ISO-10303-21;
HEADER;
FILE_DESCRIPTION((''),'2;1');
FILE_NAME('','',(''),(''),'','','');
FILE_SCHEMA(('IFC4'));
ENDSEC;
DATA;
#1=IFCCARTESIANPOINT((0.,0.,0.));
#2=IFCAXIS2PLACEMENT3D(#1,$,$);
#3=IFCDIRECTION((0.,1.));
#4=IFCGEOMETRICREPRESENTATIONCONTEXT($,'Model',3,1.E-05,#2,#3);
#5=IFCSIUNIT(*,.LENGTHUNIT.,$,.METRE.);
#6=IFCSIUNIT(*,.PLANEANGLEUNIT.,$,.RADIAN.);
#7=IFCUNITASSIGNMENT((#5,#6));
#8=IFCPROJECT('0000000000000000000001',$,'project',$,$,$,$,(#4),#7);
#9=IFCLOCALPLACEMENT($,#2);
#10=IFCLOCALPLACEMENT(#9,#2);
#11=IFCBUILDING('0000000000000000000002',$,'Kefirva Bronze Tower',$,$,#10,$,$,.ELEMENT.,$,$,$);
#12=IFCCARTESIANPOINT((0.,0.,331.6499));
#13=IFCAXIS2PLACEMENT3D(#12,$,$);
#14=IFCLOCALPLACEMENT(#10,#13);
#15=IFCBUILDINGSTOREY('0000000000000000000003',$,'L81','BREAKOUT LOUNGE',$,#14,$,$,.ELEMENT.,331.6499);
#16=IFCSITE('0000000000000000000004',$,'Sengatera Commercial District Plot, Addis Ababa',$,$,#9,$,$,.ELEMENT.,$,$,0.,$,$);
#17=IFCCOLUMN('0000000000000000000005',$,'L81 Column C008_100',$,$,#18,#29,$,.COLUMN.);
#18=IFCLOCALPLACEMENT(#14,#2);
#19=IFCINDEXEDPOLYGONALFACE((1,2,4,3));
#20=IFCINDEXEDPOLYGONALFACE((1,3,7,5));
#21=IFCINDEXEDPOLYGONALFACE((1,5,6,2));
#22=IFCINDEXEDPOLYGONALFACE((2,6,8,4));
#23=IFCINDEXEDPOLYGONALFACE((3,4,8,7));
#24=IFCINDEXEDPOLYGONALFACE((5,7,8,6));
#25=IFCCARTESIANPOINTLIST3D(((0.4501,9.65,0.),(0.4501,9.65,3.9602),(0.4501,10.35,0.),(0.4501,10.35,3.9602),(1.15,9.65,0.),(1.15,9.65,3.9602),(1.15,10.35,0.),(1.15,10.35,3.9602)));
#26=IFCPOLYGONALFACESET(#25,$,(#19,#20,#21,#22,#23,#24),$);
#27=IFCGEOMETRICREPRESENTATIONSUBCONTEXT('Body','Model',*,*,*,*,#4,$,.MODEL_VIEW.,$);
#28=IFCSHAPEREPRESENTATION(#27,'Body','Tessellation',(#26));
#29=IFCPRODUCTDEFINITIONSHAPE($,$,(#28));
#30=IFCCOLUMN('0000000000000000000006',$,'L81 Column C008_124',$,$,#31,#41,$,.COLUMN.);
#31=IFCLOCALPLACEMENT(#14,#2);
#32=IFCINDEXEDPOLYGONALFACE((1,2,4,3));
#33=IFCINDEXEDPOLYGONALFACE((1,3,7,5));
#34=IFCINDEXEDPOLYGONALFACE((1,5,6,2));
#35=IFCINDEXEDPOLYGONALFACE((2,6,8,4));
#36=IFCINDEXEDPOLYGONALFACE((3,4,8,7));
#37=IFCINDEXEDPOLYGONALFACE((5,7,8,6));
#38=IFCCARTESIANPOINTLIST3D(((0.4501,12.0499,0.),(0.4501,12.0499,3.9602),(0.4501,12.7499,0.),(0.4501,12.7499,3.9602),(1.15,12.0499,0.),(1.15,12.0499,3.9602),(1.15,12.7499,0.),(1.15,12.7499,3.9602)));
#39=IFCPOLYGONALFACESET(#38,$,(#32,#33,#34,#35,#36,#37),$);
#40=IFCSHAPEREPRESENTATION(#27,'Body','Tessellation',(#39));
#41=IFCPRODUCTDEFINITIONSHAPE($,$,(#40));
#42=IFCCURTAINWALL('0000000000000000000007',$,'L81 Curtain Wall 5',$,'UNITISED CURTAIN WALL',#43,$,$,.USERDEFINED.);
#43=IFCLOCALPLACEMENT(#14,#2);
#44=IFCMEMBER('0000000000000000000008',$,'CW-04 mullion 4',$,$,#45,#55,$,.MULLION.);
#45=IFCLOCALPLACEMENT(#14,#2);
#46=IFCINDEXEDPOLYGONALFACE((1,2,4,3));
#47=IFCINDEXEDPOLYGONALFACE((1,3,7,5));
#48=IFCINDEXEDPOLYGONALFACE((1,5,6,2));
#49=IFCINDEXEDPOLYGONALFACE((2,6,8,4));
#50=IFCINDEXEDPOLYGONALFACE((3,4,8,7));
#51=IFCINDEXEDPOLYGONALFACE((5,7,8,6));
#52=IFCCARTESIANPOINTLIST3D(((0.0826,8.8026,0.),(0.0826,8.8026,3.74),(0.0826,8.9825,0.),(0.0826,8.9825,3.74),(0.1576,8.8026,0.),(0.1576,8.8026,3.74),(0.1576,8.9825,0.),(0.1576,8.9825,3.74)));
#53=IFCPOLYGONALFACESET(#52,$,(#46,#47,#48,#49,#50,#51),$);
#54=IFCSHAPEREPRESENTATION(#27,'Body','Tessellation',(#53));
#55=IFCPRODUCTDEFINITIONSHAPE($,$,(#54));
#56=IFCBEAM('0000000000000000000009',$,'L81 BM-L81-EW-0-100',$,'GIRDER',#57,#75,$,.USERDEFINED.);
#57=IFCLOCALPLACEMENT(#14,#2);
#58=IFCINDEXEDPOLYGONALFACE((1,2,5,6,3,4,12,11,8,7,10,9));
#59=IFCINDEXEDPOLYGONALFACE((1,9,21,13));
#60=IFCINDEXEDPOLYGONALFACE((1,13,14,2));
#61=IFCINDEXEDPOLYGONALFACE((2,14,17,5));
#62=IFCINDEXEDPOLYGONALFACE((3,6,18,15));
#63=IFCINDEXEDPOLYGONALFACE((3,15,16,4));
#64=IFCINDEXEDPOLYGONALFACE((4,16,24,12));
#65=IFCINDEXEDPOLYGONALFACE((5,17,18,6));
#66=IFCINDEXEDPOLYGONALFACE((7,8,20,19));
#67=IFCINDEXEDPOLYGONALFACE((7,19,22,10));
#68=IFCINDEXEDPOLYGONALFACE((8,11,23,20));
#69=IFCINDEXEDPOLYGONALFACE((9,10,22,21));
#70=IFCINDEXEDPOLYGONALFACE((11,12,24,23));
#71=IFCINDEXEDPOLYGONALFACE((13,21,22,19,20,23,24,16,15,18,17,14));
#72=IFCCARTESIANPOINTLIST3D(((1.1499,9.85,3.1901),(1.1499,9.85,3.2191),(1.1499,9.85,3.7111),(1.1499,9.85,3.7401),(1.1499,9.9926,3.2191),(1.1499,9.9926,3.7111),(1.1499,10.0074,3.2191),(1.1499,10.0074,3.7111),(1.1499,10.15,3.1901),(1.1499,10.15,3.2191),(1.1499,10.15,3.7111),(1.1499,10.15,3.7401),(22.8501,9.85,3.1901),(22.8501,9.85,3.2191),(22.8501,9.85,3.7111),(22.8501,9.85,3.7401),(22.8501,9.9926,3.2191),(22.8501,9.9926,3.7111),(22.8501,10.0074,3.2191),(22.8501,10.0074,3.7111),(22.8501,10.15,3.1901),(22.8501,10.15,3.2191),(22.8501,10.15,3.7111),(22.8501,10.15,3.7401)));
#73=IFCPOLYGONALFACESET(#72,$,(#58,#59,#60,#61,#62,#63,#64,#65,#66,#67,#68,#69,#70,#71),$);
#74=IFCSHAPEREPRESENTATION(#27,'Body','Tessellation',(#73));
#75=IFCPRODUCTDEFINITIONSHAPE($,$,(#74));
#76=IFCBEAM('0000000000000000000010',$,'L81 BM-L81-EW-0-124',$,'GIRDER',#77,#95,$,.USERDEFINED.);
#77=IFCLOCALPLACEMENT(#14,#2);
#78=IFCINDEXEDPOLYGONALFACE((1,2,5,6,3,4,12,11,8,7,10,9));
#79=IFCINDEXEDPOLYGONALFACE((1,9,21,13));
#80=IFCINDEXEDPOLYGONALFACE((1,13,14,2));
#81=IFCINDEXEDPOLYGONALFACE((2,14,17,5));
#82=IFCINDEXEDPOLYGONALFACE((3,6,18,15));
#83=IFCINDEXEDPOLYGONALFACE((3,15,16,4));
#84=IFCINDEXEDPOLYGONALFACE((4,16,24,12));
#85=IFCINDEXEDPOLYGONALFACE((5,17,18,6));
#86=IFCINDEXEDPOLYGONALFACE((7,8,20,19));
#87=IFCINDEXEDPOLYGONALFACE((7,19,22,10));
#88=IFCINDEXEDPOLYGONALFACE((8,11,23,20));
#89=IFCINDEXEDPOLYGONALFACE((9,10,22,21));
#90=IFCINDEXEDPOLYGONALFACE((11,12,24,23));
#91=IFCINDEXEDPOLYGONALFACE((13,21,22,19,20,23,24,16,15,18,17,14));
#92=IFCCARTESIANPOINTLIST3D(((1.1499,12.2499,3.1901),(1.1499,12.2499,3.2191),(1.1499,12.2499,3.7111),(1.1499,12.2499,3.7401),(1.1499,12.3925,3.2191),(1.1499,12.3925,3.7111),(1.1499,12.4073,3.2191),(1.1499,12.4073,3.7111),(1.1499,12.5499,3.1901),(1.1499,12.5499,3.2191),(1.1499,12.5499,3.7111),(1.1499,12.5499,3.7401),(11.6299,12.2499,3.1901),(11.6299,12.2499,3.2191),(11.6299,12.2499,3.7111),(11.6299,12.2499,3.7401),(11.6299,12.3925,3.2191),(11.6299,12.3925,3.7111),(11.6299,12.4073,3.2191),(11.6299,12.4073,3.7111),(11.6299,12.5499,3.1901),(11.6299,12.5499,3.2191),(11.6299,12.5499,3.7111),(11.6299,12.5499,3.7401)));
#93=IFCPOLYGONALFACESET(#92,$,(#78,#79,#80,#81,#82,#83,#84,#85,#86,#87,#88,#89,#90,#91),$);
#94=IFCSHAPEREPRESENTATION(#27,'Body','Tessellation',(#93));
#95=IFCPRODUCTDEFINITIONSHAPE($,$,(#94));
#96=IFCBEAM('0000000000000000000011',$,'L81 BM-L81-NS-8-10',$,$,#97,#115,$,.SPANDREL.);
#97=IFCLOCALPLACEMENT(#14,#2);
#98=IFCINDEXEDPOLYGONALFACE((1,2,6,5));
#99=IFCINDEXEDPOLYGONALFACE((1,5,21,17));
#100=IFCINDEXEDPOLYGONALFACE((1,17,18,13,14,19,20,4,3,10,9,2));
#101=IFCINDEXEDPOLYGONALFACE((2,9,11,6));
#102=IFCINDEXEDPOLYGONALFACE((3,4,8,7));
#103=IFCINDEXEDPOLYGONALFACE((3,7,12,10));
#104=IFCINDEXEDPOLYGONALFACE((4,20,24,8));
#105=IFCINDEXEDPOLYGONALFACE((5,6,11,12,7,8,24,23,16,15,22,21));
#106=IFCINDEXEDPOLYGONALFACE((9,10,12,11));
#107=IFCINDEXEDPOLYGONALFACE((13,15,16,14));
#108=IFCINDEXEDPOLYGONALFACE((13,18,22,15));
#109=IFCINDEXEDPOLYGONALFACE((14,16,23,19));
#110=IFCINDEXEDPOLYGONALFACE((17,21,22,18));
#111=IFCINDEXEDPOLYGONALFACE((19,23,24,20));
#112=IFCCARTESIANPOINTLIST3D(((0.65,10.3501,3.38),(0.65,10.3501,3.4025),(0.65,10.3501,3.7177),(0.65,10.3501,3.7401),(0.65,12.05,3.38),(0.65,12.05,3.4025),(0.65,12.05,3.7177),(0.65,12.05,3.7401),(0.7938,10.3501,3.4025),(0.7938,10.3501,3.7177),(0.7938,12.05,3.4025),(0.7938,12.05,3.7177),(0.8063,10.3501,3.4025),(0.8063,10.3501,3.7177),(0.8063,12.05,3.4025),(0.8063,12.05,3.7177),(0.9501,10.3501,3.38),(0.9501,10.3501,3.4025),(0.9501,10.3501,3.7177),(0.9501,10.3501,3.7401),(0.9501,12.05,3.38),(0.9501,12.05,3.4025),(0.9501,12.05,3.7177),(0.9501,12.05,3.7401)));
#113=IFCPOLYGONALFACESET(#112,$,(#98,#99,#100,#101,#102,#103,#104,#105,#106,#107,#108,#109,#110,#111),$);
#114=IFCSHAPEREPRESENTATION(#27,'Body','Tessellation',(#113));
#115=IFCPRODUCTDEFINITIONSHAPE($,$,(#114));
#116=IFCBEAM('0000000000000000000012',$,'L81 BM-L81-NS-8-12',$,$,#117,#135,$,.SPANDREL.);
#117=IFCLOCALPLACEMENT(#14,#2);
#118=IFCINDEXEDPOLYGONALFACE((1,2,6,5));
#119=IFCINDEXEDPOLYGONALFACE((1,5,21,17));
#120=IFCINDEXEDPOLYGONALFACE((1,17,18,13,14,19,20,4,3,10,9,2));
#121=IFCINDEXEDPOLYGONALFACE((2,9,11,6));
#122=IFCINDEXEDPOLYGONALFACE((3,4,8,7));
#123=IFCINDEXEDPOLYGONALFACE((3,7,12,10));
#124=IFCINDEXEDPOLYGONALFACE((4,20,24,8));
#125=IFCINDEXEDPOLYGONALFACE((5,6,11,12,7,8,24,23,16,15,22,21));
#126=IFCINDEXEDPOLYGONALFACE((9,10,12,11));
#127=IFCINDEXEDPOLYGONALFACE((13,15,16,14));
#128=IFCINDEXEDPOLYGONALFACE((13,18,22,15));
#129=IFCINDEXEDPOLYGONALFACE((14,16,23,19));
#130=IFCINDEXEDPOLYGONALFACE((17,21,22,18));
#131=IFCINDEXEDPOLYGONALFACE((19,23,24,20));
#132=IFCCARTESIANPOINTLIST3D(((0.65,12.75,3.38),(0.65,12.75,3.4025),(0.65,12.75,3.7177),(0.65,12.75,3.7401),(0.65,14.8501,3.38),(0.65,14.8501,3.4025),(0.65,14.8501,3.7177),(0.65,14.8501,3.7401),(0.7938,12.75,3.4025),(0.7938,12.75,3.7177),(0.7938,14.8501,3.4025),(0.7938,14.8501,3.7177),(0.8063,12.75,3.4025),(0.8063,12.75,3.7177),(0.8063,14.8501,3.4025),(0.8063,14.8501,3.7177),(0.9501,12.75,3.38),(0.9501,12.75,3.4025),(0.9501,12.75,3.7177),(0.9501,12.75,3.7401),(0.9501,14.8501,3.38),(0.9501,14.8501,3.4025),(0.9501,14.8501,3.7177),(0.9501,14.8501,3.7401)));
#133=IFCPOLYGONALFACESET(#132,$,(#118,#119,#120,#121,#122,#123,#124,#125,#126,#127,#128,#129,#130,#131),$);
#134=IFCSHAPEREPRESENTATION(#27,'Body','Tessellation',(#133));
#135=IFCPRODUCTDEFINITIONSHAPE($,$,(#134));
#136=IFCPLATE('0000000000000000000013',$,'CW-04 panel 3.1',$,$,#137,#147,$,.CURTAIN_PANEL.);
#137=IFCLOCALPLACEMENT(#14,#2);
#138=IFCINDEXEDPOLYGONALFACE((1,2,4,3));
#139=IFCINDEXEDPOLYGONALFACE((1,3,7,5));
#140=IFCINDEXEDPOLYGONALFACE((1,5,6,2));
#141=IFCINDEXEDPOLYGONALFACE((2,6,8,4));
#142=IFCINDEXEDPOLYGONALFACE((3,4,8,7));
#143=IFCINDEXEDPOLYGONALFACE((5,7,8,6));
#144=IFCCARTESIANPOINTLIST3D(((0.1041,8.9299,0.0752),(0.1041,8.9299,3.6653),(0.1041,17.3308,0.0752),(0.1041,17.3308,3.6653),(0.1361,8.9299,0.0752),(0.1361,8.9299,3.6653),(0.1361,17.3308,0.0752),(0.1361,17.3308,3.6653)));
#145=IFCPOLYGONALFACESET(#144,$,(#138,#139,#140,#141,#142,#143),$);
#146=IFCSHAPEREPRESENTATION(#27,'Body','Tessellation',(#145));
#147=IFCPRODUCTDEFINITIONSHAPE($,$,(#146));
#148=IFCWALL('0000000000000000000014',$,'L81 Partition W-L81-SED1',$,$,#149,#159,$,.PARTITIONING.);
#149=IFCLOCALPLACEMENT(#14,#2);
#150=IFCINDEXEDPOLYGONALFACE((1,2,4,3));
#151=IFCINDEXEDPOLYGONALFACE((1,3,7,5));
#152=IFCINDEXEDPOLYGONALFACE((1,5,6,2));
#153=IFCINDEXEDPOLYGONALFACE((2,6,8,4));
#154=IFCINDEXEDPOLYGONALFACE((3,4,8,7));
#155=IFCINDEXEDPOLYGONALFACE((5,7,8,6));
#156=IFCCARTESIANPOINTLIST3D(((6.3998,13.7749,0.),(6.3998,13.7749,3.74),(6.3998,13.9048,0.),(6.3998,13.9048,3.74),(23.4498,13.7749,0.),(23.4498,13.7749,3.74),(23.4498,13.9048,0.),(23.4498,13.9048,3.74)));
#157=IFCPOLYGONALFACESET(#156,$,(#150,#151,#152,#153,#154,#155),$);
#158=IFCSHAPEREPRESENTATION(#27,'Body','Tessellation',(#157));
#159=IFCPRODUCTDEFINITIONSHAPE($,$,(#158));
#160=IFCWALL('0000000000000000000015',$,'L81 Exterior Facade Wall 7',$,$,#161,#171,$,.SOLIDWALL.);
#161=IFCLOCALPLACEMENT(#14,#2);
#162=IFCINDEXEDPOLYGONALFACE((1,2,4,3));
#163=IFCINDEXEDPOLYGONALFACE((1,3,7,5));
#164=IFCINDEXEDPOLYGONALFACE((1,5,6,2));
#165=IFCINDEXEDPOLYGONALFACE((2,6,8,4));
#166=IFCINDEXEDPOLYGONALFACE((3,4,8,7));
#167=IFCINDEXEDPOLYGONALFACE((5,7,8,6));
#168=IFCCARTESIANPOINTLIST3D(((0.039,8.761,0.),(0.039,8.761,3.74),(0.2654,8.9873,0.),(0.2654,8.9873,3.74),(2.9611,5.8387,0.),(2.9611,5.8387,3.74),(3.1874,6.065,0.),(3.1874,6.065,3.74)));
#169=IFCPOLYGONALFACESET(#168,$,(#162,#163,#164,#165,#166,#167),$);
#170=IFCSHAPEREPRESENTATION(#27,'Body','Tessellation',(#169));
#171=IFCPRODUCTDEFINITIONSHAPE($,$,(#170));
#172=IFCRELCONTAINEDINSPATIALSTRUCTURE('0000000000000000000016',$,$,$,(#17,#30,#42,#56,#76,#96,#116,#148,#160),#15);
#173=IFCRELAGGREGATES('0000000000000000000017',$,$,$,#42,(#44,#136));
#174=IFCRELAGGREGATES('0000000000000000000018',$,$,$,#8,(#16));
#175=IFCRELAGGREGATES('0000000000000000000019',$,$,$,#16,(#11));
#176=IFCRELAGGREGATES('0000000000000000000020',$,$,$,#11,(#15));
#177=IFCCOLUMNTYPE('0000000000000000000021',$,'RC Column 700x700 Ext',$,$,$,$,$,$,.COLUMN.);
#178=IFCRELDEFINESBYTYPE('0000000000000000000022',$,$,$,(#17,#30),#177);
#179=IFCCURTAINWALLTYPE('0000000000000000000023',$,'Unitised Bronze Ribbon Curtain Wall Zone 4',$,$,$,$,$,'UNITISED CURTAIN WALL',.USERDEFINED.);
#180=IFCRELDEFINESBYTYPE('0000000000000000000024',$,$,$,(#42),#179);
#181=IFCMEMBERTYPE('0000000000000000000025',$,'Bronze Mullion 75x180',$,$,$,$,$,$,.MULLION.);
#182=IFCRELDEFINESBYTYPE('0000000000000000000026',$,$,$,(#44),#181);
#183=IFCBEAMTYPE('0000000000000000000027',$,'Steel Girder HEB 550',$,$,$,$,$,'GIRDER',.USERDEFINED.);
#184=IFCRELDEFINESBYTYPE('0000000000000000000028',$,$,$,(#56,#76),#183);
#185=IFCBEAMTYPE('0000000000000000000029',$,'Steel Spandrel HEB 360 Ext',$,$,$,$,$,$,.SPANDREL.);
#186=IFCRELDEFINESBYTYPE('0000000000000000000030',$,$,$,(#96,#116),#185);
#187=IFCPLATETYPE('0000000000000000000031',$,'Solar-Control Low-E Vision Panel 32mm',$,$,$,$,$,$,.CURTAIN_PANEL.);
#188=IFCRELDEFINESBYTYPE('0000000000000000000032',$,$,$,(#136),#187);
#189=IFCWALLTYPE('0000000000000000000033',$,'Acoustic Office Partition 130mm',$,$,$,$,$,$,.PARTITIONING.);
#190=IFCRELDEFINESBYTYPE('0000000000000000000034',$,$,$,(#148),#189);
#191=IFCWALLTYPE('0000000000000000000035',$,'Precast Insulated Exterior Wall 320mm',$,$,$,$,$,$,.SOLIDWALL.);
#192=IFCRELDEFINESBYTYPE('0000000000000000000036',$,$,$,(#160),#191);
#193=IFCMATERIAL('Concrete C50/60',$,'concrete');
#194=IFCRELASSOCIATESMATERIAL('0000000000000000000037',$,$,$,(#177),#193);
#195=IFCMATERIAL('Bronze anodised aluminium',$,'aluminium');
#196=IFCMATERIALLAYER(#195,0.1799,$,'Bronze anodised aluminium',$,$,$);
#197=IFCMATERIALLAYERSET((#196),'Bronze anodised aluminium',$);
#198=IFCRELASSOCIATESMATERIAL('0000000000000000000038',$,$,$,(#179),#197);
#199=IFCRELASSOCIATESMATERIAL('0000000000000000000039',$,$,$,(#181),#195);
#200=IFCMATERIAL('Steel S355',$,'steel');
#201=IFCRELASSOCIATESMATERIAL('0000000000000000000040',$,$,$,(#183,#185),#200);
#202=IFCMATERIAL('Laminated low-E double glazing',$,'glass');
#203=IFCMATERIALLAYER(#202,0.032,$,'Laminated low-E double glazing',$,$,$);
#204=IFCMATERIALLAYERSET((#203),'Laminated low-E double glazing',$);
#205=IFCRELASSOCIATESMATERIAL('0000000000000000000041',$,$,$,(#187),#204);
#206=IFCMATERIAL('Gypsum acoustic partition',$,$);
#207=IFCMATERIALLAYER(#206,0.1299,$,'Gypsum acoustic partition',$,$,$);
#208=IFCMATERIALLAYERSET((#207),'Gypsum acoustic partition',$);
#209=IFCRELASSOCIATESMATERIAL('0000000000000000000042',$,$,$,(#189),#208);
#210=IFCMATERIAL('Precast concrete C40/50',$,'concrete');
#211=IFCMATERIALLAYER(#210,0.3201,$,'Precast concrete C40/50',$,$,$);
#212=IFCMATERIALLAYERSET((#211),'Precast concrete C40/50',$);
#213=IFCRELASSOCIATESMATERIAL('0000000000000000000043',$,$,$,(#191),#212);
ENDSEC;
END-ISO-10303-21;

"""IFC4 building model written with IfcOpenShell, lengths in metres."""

from ifc_helpers import new_model, si_unit, direction, frame, frame_2d, origin, origin_2d, place, context, subcontext, project, spatial, rectangle, i_section, extrude, material, layer, layer_set, material_profile, profile_set, type_object, element, aggregate, save


model = new_model("IFC4")

# Units and contexts
model_context = context("Model", 3, precision=1e-05, world=origin(), true_north=direction((0.0, 1.0)))
body_context = subcontext(model_context, "Body", "Model", "MODEL_VIEW")
ifc_project = project(units=[si_unit("LENGTHUNIT", "METRE"), si_unit("PLANEANGLEUNIT", "RADIAN")], contexts=[model_context])

# Site, building, storey
site_placement = place(None, origin())
site = spatial("IfcSite", under=ifc_project, at=site_placement, Name="Sengatera Commercial District Plot, Addis Ababa", CompositionType="ELEMENT", RefElevation=0.0)
building_placement = place(site_placement, origin())
building = spatial("IfcBuilding", under=site, at=building_placement, Name="Kefirva Bronze Tower", CompositionType="ELEMENT")
storey_placement = place(building_placement, frame((0.0, 0.0, 331.6499)))
storey = spatial("IfcBuildingStorey", under=building, at=storey_placement, Name="L81", Description="BREAKOUT LOUNGE", CompositionType="ELEMENT", Elevation=331.6499)

# Columns
ifc_material_1 = material(Name="Concrete C50/60", Category="concrete")
ifc_material_profile_1 = material_profile(ifc_material_1, rectangle(XDim=0.7, YDim=0.7, at=origin_2d()), Name="RC 700x700")
ifc_profile_set_1 = profile_set([ifc_material_profile_1], Name="Concrete C50/60")
column_type = type_object("IfcColumnType", Name="RC Column 700x700 Ext", PredefinedType="COLUMN", material=ifc_profile_set_1)
for number, where, z_axis, x_axis, name in (
    (1, (0.8, 10.0, 0.0), (0.0, 0.0, 1.0), (1.0, 0.0, 0.0), "L81 Column C008_100"),
    (2, (0.8, 12.3999, 0.0), (0.0, 0.0, 1.0), (1.0, 0.0, 0.0), "L81 Column C008_124"),
):
    element("IfcColumn", number, at=place(storey_placement, frame(where, z_axis=z_axis, x_axis=x_axis)), inside=storey, type_object=column_type, Name=name, PredefinedType="COLUMN", context=body_context, shape_type="SweptSolid", body=[
        extrude(rectangle(XDim=0.7, YDim=0.7, at=origin_2d()), origin(), (0.0, 0.0, 1.0), 3.9602),
    ])

# Curtain wall, member
ifc_material_2 = material(Name="Bronze anodised aluminium", Category="aluminium")
ifc_layer_1 = layer(ifc_material_2, 0.1799, Name="Bronze anodised aluminium")
ifc_layer_set_1 = layer_set([ifc_layer_1], Name="Bronze anodised aluminium")
curtain_wall_type = type_object("IfcCurtainWallType", Name="Unitised Bronze Ribbon Curtain Wall Zone 4", ElementType="UNITISED CURTAIN WALL", PredefinedType="USERDEFINED", material=ifc_layer_set_1)
curtain_wall_placement = place(storey_placement, origin())
curtain_wall = element("IfcCurtainWall", 3, at=curtain_wall_placement, inside=storey, type_object=curtain_wall_type, Name="L81 Curtain Wall 5", ObjectType="UNITISED CURTAIN WALL", PredefinedType="USERDEFINED")
ifc_material_profile_2 = material_profile(ifc_material_2, rectangle(XDim=0.075, YDim=0.1799, at=origin_2d()), Name="ALU 75x180")
ifc_profile_set_2 = profile_set([ifc_material_profile_2], Name="Bronze anodised aluminium")
member_type = type_object("IfcMemberType", Name="Bronze Mullion 75x180", PredefinedType="MULLION", material=ifc_profile_set_2)
member_placement = place(storey_placement, frame((0.1201, 8.8926, 0.0), z_axis=(0.0, 0.0, 1.0), x_axis=(1.0, 0.0, 0.0)))
member = element("IfcMember", 4, at=member_placement, type_object=member_type, Name="CW-04 mullion 4", PredefinedType="MULLION", context=body_context, shape_type="SweptSolid", body=[
    extrude(rectangle(XDim=0.075, YDim=0.1799, at=origin_2d()), origin(), (0.0, 0.0, 1.0), 3.74),
])

# Beams
ifc_material_3 = material(Name="Steel S355", Category="steel")
ifc_material_profile_3 = material_profile(ifc_material_3, i_section(OverallWidth=0.3, OverallDepth=0.55, WebThickness=0.0149, FlangeThickness=0.0291, at=origin_2d()), Name="HEB 550")
ifc_profile_set_3 = profile_set([ifc_material_profile_3], Name="Steel S355")
beam_type_1 = type_object("IfcBeamType", Name="Steel Girder HEB 550", ElementType="GIRDER", PredefinedType="USERDEFINED", material=ifc_profile_set_3)
beam_1_placement = place(storey_placement, frame((1.1499, 10.0, 3.4651), z_axis=(1.0, 0.0, 0.0), x_axis=(0.0, 1.0, 0.0)))
element("IfcBeam", 5, at=beam_1_placement, inside=storey, type_object=beam_type_1, Name="L81 BM-L81-EW-0-100", ObjectType="GIRDER", PredefinedType="USERDEFINED", context=body_context, shape_type="SweptSolid", body=[
    extrude(i_section(OverallWidth=0.3, OverallDepth=0.55, WebThickness=0.0149, FlangeThickness=0.0291, at=origin_2d()), origin(), (0.0, 0.0, 1.0), 21.7002),
])
beam_2_placement = place(storey_placement, frame((1.1499, 12.3999, 3.4651), z_axis=(1.0, 0.0, 0.0), x_axis=(0.0, 1.0, 0.0)))
element("IfcBeam", 6, at=beam_2_placement, inside=storey, type_object=beam_type_1, Name="L81 BM-L81-EW-0-124", ObjectType="GIRDER", PredefinedType="USERDEFINED", context=body_context, shape_type="SweptSolid", body=[
    extrude(i_section(OverallWidth=0.3, OverallDepth=0.55, WebThickness=0.0149, FlangeThickness=0.0291, at=origin_2d()), origin(), (0.0, 0.0, 1.0), 10.48),
])
ifc_material_profile_4 = material_profile(ifc_material_3, i_section(OverallWidth=0.3, OverallDepth=0.3601, WebThickness=0.0125, FlangeThickness=0.0225, at=origin_2d()), Name="HEB 360")
ifc_profile_set_4 = profile_set([ifc_material_profile_4], Name="Steel S355")
beam_type_2 = type_object("IfcBeamType", Name="Steel Spandrel HEB 360 Ext", PredefinedType="SPANDREL", material=ifc_profile_set_4)
beam_3_placement = place(storey_placement, frame((0.8, 10.3501, 3.5601), z_axis=(0.0, 1.0, 0.0), x_axis=(-1.0, 0.0, 0.0)))
element("IfcBeam", 7, at=beam_3_placement, inside=storey, type_object=beam_type_2, Name="L81 BM-L81-NS-8-10", PredefinedType="SPANDREL", context=body_context, shape_type="SweptSolid", body=[
    extrude(i_section(OverallWidth=0.3, OverallDepth=0.3601, WebThickness=0.0125, FlangeThickness=0.0225, at=origin_2d()), origin(), (0.0, 0.0, 1.0), 1.7),
])
beam_4_placement = place(storey_placement, frame((0.8, 12.75, 3.5601), z_axis=(0.0, 1.0, 0.0), x_axis=(-1.0, 0.0, 0.0)))
element("IfcBeam", 8, at=beam_4_placement, inside=storey, type_object=beam_type_2, Name="L81 BM-L81-NS-8-12", PredefinedType="SPANDREL", context=body_context, shape_type="SweptSolid", body=[
    extrude(i_section(OverallWidth=0.3, OverallDepth=0.3601, WebThickness=0.0125, FlangeThickness=0.0225, at=origin_2d()), origin(), (0.0, 0.0, 1.0), 2.1001),
])

# Plate
ifc_material_4 = material(Name="Laminated low-E double glazing", Category="glass")
ifc_layer_2 = layer(ifc_material_4, 0.032, Name="Laminated low-E double glazing")
ifc_layer_set_2 = layer_set([ifc_layer_2], Name="Laminated low-E double glazing")
plate_type = type_object("IfcPlateType", Name="Solar-Control Low-E Vision Panel 32mm", PredefinedType="CURTAIN_PANEL", material=ifc_layer_set_2)
plate_placement = place(storey_placement, frame((0.1201, 13.1304, 0.0752), z_axis=(0.0, 0.0, 1.0), x_axis=(0.0, -1.0, 0.0)))
plate = element("IfcPlate", 9, at=plate_placement, type_object=plate_type, Name="CW-04 panel 3.1", PredefinedType="CURTAIN_PANEL", context=body_context, shape_type="SweptSolid", body=[
    extrude(rectangle(XDim=8.4009, YDim=0.032, at=origin_2d()), origin(), (0.0, 0.0, 1.0), 3.5901),
])
aggregate(curtain_wall, [member, plate])

# Walls
ifc_material_5 = material(Name="Gypsum acoustic partition")
ifc_layer_3 = layer(ifc_material_5, 0.1299, Name="Gypsum acoustic partition")
ifc_layer_set_3 = layer_set([ifc_layer_3], Name="Gypsum acoustic partition")
wall_type_1 = type_object("IfcWallType", Name="Acoustic Office Partition 130mm", PredefinedType="PARTITIONING", material=ifc_layer_set_3)
wall_1_placement = place(storey_placement, frame((6.3999, 13.8398, 0.0), z_axis=(0.0, 0.0, 1.0), x_axis=(1.0, 0.0, 0.0)))
element("IfcWall", 10, at=wall_1_placement, inside=storey, type_object=wall_type_1, Name="L81 Partition W-L81-SED1", PredefinedType="PARTITIONING", context=body_context, shape_type="SweptSolid", body=[
    extrude(rectangle(XDim=17.05, YDim=0.1299, at=frame_2d((8.5249, 0.0))), origin(), (0.0, 0.0, 1.0), 3.74),
])
ifc_material_6 = material(Name="Precast concrete C40/50", Category="concrete")
ifc_layer_4 = layer(ifc_material_6, 0.3201, Name="Precast concrete C40/50")
ifc_layer_set_4 = layer_set([ifc_layer_4], Name="Precast concrete C40/50")
wall_type_2 = type_object("IfcWallType", Name="Precast Insulated Exterior Wall 320mm", PredefinedType="SOLIDWALL", material=ifc_layer_set_4)
wall_2_placement = place(storey_placement, frame((0.1521, 8.8743, 0.0), z_axis=(0.0, 0.0, 1.0), x_axis=(0.707077, -0.707136, 0.0)))
element("IfcWall", 11, at=wall_2_placement, inside=storey, type_object=wall_type_2, Name="L81 Exterior Facade Wall 7", PredefinedType="SOLIDWALL", context=body_context, shape_type="SweptSolid", body=[
    extrude(rectangle(XDim=4.1326, YDim=0.3201, at=frame_2d((2.0664, 0.0))), origin(), (0.0, 0.0, 1.0), 3.74),
])

save(model, "model.ifc")
